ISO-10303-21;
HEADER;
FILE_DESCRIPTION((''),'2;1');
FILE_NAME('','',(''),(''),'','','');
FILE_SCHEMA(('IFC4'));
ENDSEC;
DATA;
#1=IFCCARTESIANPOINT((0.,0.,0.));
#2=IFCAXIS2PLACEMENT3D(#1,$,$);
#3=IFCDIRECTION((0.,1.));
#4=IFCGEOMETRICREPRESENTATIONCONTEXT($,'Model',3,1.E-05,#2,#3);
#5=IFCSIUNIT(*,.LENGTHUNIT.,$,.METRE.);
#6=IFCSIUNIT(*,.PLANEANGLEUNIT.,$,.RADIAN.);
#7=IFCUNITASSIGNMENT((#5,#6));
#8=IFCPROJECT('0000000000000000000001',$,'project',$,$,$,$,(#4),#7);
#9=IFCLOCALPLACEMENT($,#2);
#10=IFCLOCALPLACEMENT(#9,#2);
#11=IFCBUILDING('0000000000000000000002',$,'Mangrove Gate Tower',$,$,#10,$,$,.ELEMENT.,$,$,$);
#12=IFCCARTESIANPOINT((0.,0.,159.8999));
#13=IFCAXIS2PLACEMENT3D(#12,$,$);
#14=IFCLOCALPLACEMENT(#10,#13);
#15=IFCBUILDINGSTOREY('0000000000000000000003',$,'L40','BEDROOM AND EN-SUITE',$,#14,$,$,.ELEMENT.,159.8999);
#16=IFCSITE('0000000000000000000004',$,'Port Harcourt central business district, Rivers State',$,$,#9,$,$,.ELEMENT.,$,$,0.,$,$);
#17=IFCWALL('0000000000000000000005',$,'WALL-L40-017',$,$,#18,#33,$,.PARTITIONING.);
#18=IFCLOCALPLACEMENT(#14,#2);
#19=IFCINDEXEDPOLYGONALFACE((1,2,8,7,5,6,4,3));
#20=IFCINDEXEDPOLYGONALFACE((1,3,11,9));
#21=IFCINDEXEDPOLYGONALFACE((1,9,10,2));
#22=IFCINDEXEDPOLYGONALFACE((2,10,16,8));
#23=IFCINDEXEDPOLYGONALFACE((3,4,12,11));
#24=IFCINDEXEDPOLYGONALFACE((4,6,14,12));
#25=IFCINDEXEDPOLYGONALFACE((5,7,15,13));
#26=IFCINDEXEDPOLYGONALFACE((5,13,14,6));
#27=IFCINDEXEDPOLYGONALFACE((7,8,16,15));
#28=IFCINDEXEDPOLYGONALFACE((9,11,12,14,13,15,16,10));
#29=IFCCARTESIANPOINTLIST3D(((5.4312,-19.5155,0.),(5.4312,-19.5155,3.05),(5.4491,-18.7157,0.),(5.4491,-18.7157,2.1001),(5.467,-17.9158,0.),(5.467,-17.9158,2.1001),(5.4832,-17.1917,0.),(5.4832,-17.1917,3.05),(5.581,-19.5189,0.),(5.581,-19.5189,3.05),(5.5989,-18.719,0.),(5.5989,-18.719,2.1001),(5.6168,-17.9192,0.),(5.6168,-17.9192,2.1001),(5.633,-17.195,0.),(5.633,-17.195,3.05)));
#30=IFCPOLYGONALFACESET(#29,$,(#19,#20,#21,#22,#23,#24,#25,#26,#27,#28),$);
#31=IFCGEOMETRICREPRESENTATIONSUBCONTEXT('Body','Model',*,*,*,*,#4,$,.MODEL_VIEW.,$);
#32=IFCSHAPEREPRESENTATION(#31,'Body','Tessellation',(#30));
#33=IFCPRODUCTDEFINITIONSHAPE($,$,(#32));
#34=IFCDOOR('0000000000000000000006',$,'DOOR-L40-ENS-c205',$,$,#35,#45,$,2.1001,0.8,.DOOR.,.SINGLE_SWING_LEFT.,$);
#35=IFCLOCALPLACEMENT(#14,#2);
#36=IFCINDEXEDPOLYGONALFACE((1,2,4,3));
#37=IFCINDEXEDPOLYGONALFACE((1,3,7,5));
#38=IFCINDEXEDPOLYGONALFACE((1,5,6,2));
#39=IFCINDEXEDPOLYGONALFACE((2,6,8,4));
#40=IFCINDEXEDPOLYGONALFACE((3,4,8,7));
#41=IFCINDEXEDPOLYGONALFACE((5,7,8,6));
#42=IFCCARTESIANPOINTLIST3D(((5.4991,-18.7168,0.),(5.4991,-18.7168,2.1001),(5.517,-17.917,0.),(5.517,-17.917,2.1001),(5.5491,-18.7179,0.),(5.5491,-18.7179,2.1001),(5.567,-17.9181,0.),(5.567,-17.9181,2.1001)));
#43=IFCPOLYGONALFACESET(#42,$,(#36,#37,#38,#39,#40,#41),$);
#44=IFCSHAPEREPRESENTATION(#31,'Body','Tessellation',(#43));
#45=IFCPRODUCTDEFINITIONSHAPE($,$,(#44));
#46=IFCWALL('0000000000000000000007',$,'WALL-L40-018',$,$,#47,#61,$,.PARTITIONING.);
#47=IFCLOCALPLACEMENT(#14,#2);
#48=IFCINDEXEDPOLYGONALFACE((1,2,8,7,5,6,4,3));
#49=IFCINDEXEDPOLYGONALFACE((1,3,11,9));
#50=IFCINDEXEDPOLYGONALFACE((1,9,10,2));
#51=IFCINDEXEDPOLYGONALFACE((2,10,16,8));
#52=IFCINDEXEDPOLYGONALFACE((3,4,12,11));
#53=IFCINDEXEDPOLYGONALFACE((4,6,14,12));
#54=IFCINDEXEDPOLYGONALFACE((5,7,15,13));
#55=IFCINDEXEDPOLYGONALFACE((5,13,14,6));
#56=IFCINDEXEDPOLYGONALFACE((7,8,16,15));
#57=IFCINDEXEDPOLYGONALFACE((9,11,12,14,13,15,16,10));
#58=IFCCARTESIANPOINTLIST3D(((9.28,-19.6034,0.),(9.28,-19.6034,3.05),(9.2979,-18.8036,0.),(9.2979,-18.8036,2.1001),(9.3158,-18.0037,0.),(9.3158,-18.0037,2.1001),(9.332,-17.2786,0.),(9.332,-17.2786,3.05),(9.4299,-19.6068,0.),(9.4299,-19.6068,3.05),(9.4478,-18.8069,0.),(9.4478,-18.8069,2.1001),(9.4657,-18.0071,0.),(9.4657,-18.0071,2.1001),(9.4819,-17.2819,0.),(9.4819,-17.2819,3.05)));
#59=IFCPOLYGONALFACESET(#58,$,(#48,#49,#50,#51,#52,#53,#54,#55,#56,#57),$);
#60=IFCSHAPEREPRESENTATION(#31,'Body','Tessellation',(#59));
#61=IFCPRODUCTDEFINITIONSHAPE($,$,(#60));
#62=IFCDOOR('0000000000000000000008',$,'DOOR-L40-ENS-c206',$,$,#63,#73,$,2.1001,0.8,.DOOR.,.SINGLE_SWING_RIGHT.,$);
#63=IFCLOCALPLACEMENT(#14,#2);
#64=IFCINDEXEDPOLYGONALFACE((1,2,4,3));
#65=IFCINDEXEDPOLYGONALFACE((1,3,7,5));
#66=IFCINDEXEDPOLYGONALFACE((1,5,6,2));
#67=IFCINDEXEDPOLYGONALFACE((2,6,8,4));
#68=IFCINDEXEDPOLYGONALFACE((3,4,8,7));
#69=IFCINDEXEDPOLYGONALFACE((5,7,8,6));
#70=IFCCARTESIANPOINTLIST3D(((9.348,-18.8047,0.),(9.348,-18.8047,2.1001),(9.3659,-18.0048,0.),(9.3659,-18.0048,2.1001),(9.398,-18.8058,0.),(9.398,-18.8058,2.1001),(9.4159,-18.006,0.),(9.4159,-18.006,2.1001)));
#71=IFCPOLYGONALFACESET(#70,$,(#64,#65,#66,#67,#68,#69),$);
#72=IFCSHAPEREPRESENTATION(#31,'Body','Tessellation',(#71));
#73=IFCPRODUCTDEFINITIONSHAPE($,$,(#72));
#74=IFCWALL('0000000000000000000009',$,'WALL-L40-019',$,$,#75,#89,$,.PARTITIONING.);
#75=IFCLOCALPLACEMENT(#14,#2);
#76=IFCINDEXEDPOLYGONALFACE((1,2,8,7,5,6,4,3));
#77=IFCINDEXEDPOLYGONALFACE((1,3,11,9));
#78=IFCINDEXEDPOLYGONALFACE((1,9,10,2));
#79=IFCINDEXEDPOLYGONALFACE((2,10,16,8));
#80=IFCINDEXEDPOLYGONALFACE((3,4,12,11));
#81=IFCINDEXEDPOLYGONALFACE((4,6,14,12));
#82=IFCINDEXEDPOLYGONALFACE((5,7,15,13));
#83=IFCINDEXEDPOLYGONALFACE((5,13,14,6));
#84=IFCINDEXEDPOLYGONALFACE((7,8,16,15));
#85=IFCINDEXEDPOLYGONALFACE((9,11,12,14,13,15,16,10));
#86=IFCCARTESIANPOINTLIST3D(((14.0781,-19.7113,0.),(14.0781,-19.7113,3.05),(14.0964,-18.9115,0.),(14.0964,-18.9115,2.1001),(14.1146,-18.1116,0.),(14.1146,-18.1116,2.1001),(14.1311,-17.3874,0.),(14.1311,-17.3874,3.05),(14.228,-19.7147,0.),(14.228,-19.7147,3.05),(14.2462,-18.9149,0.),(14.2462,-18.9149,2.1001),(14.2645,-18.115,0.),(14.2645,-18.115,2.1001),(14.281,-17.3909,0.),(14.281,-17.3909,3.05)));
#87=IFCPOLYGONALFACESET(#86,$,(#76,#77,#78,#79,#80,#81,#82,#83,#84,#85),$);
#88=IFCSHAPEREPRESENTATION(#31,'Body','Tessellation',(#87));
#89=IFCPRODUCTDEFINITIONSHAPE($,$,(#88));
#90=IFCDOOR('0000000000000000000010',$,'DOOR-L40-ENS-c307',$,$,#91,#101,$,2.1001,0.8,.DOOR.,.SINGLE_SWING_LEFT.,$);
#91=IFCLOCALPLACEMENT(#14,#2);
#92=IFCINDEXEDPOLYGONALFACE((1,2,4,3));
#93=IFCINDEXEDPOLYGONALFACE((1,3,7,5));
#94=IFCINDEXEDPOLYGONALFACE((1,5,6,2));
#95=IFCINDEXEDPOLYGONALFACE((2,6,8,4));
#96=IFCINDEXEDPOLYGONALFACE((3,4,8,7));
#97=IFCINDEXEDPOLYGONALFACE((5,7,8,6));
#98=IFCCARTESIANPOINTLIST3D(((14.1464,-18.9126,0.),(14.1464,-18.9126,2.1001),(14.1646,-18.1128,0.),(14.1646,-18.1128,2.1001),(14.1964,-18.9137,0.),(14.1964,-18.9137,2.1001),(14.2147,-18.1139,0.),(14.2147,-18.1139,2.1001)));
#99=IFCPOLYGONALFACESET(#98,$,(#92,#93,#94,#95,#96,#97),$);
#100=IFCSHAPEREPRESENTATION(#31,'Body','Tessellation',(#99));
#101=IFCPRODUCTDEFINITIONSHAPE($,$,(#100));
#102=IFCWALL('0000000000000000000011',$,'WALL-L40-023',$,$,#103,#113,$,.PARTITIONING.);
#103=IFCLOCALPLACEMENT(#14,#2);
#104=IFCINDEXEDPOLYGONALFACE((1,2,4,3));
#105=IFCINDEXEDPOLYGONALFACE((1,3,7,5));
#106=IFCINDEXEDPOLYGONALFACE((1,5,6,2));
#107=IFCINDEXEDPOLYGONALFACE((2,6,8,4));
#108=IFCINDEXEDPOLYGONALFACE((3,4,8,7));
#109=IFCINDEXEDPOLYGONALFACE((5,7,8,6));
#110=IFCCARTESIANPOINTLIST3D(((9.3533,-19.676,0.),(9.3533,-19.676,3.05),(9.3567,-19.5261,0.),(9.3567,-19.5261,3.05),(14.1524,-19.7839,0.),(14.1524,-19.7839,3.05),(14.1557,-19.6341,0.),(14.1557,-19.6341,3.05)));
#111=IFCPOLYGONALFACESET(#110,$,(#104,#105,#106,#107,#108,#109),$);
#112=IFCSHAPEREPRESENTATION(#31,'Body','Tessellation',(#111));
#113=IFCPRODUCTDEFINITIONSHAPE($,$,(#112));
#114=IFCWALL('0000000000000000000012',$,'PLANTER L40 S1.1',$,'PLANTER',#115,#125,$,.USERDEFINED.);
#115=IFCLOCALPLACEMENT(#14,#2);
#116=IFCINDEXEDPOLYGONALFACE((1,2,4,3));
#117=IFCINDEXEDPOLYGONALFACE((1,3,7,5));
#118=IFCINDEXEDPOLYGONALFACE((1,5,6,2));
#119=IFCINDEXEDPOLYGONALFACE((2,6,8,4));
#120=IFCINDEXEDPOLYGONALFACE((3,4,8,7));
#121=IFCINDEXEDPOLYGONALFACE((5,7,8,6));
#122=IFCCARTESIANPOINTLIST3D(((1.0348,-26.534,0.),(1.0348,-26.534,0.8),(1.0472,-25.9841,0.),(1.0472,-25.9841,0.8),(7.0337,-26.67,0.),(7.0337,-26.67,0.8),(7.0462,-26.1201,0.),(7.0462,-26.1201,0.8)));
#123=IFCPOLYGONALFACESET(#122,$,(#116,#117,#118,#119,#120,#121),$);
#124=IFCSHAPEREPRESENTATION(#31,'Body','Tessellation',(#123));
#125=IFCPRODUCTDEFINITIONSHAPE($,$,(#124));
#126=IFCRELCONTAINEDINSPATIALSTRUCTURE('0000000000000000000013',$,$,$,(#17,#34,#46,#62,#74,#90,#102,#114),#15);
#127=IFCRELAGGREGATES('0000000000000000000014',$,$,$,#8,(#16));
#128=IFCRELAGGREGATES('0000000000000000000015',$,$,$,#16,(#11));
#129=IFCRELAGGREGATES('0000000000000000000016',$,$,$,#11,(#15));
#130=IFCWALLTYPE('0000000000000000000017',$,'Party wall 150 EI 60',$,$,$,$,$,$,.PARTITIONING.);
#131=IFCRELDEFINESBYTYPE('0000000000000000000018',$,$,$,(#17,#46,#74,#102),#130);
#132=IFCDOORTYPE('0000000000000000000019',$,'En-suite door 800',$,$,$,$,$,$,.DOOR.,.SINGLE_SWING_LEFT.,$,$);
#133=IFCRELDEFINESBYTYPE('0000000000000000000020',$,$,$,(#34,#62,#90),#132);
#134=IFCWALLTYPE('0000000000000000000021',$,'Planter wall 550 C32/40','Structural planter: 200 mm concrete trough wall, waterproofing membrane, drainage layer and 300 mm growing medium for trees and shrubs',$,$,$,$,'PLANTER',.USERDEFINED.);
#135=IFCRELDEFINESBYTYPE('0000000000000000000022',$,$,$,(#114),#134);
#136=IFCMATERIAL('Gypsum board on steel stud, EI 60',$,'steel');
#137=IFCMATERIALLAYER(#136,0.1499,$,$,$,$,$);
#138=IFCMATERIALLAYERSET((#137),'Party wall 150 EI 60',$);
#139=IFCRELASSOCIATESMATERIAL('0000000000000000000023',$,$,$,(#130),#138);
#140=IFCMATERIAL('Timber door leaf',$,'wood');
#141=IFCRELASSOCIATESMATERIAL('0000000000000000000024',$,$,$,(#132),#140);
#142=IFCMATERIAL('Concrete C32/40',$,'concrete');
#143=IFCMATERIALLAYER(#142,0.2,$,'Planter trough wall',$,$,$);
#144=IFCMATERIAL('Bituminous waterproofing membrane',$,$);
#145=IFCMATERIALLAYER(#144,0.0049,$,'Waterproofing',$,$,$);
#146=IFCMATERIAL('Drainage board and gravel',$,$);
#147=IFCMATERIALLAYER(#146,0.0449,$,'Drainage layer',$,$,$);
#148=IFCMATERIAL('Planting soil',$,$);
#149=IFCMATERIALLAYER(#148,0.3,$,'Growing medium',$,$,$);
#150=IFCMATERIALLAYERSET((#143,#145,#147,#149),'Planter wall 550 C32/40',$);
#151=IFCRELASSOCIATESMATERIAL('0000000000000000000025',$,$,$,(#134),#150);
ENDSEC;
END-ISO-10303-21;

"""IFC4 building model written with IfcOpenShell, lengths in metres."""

from ifc_helpers import new_model, si_unit, direction, frame, frame_2d, origin, place, context, subcontext, project, spatial, rectangle, extrude, material, layer, layer_set, type_object, element, fill, save


model = new_model("IFC4")

# Units and contexts
model_context = context("Model", 3, precision=1e-05, world=origin(), true_north=direction((0.0, 1.0)))
body_context = subcontext(model_context, "Body", "Model", "MODEL_VIEW")
ifc_project = project(units=[si_unit("LENGTHUNIT", "METRE"), si_unit("PLANEANGLEUNIT", "RADIAN")], contexts=[model_context])

# Site, building, storey
site_placement = place(None, origin())
site = spatial("IfcSite", under=ifc_project, at=site_placement, Name="Port Harcourt central business district, Rivers State", CompositionType="ELEMENT", RefElevation=0.0)
building_placement = place(site_placement, origin())
building = spatial("IfcBuilding", under=site, at=building_placement, Name="Mangrove Gate Tower", CompositionType="ELEMENT")
storey_placement = place(building_placement, frame((0.0, 0.0, 159.8999)))
storey = spatial("IfcBuildingStorey", under=building, at=storey_placement, Name="L40", Description="BEDROOM AND EN-SUITE", CompositionType="ELEMENT", Elevation=159.8999)

# Shared definitions
ifc_material_1 = material(Name="Gypsum board on steel stud, EI 60", Category="steel")
ifc_layer_1 = layer(ifc_material_1, 0.1499)
ifc_layer_set_1 = layer_set([ifc_layer_1], Name="Party wall 150 EI 60")
wall_type_1 = type_object("IfcWallType", Name="Party wall 150 EI 60", PredefinedType="PARTITIONING", material=ifc_layer_set_1)

# Walls, openings, doors
ifc_material_2 = material(Name="Timber door leaf", Category="wood")
door_type = type_object("IfcDoorType", Name="En-suite door 800", OperationType="SINGLE_SWING_LEFT", PredefinedType="DOOR", material=ifc_material_2)
wall_1_placement = place(storey_placement, frame((5.5061, -19.5171, 0.0), z_axis=(0.0, 0.0, 1.0), x_axis=(0.022371, 0.99975, 0.0)))
wall_1 = element("IfcWall", 1, at=wall_1_placement, inside=storey, type_object=wall_type_1, Name="WALL-L40-017", PredefinedType="PARTITIONING", context=body_context, shape_type="SweptSolid", body=[
    extrude(rectangle(XDim=2.3245, YDim=0.1499, at=frame_2d((1.1621, 0.0))), origin(), (0.0, 0.0, 1.0), 3.05),
])
opening_1_placement = place(wall_1_placement, frame((0.8, 0.0, 0.0)))
opening_1 = element("IfcOpeningElement", 2, at=opening_1_placement, cuts=wall_1, PredefinedType="OPENING", context=body_context, shape_type="SweptSolid", body=[
    extrude(rectangle(XDim=0.8, YDim=2.1001, at=frame_2d((0.3999, 1.05))), frame((0.0, 0.085, 0.0), z_axis=(0.0, -1.0, 0.0), x_axis=(1.0, 0.0, 0.0)), (0.0, 0.0, 1.0), 0.1699),
])
door_1_placement = place(opening_1_placement, origin())
door_1 = element("IfcDoor", 3, at=door_1_placement, inside=storey, type_object=door_type, Name="DOOR-L40-ENS-c205", OperationType="SINGLE_SWING_LEFT", OverallHeight=2.1001, OverallWidth=0.8, PredefinedType="DOOR", context=body_context, shape_type="SweptSolid", body=[
    extrude(rectangle(XDim=0.8, YDim=2.1001, at=frame_2d((0.3999, 1.05))), frame((0.0, 0.0249, 0.0), z_axis=(0.0, -1.0, 0.0), x_axis=(1.0, 0.0, 0.0)), (0.0, 0.0, 1.0), 0.05),
])
fill(opening_1, door_1)
wall_2_placement = place(storey_placement, frame((9.355, -19.605, 0.0), z_axis=(0.0, 0.0, 1.0), x_axis=(0.022361, 0.99975, 0.0)))
wall_2 = element("IfcWall", 4, at=wall_2_placement, inside=storey, type_object=wall_type_1, Name="WALL-L40-018", PredefinedType="PARTITIONING", context=body_context, shape_type="SweptSolid", body=[
    extrude(rectangle(XDim=2.3254, YDim=0.1499, at=frame_2d((1.1626, 0.0))), origin(), (0.0, 0.0, 1.0), 3.05),
])
opening_2_placement = place(wall_2_placement, frame((0.8, 0.0, 0.0)))
opening_2 = element("IfcOpeningElement", 5, at=opening_2_placement, cuts=wall_2, PredefinedType="OPENING", context=body_context, shape_type="SweptSolid", body=[
    extrude(rectangle(XDim=0.8, YDim=2.1001, at=frame_2d((0.3999, 1.05))), frame((0.0, 0.085, 0.0), z_axis=(0.0, -1.0, 0.0), x_axis=(1.0, 0.0, 0.0)), (0.0, 0.0, 1.0), 0.1699),
])
door_2_placement = place(opening_2_placement, origin())
door_2 = element("IfcDoor", 6, at=door_2_placement, inside=storey, type_object=door_type, Name="DOOR-L40-ENS-c206", OperationType="SINGLE_SWING_RIGHT", OverallHeight=2.1001, OverallWidth=0.8, PredefinedType="DOOR", context=body_context, shape_type="SweptSolid", body=[
    extrude(rectangle(XDim=0.8, YDim=2.1001, at=frame_2d((0.3999, 1.05))), frame((0.0, 0.0249, 0.0), z_axis=(0.0, -1.0, 0.0), x_axis=(1.0, 0.0, 0.0)), (0.0, 0.0, 1.0), 0.05),
])
fill(opening_2, door_2)
wall_3_placement = place(storey_placement, frame((14.1531, -19.7129, 0.0), z_axis=(0.0, 0.0, 1.0), x_axis=(0.022791, 0.99974, 0.0)))
wall_3 = element("IfcWall", 7, at=wall_3_placement, inside=storey, type_object=wall_type_1, Name="WALL-L40-019", PredefinedType="PARTITIONING", context=body_context, shape_type="SweptSolid", body=[
    extrude(rectangle(XDim=2.3245, YDim=0.1499, at=frame_2d((1.1621, 0.0))), origin(), (0.0, 0.0, 1.0), 3.05),
])
opening_3_placement = place(wall_3_placement, frame((0.8, 0.0, 0.0)))
opening_3 = element("IfcOpeningElement", 8, at=opening_3_placement, cuts=wall_3, PredefinedType="OPENING", context=body_context, shape_type="SweptSolid", body=[
    extrude(rectangle(XDim=0.8, YDim=2.1001, at=frame_2d((0.3999, 1.05))), frame((0.0, 0.085, 0.0), z_axis=(0.0, -1.0, 0.0), x_axis=(1.0, 0.0, 0.0)), (0.0, 0.0, 1.0), 0.1699),
])
door_3_placement = place(opening_3_placement, origin())
door_3 = element("IfcDoor", 9, at=door_3_placement, inside=storey, type_object=door_type, Name="DOOR-L40-ENS-c307", OperationType="SINGLE_SWING_LEFT", OverallHeight=2.1001, OverallWidth=0.8, PredefinedType="DOOR", context=body_context, shape_type="SweptSolid", body=[
    extrude(rectangle(XDim=0.8, YDim=2.1001, at=frame_2d((0.3999, 1.05))), frame((0.0, 0.0249, 0.0), z_axis=(0.0, -1.0, 0.0), x_axis=(1.0, 0.0, 0.0)), (0.0, 0.0, 1.0), 0.05),
])
fill(opening_3, door_3)

# Walls
wall_4_placement = place(storey_placement, frame((9.355, -19.6011, 0.0), z_axis=(0.0, 0.0, 1.0), x_axis=(0.999747, -0.02248, 0.0)))
element("IfcWall", 10, at=wall_4_placement, inside=storey, type_object=wall_type_1, Name="WALL-L40-023", PredefinedType="PARTITIONING", context=body_context, shape_type="SweptSolid", body=[
    extrude(rectangle(XDim=4.8003, YDim=0.1499, at=frame_2d((2.4001, 0.0))), origin(), (0.0, 0.0, 1.0), 3.05),
])
ifc_material_3 = material(Name="Concrete C32/40", Category="concrete")
ifc_layer_2 = layer(ifc_material_3, 0.2, Name="Planter trough wall")
ifc_material_4 = material(Name="Bituminous waterproofing membrane")
ifc_layer_3 = layer(ifc_material_4, 0.0049, Name="Waterproofing")
ifc_material_5 = material(Name="Drainage board and gravel")
ifc_layer_4 = layer(ifc_material_5, 0.0449, Name="Drainage layer")
ifc_material_6 = material(Name="Planting soil")
ifc_layer_5 = layer(ifc_material_6, 0.3, Name="Growing medium")
ifc_layer_set_2 = layer_set([ifc_layer_2, ifc_layer_3, ifc_layer_4, ifc_layer_5], Name="Planter wall 550 C32/40")
wall_type_2 = type_object("IfcWallType", Name="Planter wall 550 C32/40", Description="Structural planter: 200 mm concrete trough wall, waterproofing membrane, drainage layer and 300 mm growing medium for trees and shrubs", ElementType="PLANTER", PredefinedType="USERDEFINED", material=ifc_layer_set_2)
wall_5_placement = place(storey_placement, frame((1.041, -26.259, 0.0), z_axis=(0.0, 0.0, 1.0), x_axis=(0.999743, -0.022662, 0.0)))
element("IfcWall", 11, at=wall_5_placement, inside=storey, type_object=wall_type_2, Name="PLANTER L40 S1.1", ObjectType="PLANTER", PredefinedType="USERDEFINED", context=body_context, shape_type="SweptSolid", body=[
    extrude(rectangle(XDim=6.0005, YDim=0.55, at=frame_2d((3.0002, 0.0))), origin(), (0.0, 0.0, 1.0), 0.8),
])

save(model, "model.ifc")
